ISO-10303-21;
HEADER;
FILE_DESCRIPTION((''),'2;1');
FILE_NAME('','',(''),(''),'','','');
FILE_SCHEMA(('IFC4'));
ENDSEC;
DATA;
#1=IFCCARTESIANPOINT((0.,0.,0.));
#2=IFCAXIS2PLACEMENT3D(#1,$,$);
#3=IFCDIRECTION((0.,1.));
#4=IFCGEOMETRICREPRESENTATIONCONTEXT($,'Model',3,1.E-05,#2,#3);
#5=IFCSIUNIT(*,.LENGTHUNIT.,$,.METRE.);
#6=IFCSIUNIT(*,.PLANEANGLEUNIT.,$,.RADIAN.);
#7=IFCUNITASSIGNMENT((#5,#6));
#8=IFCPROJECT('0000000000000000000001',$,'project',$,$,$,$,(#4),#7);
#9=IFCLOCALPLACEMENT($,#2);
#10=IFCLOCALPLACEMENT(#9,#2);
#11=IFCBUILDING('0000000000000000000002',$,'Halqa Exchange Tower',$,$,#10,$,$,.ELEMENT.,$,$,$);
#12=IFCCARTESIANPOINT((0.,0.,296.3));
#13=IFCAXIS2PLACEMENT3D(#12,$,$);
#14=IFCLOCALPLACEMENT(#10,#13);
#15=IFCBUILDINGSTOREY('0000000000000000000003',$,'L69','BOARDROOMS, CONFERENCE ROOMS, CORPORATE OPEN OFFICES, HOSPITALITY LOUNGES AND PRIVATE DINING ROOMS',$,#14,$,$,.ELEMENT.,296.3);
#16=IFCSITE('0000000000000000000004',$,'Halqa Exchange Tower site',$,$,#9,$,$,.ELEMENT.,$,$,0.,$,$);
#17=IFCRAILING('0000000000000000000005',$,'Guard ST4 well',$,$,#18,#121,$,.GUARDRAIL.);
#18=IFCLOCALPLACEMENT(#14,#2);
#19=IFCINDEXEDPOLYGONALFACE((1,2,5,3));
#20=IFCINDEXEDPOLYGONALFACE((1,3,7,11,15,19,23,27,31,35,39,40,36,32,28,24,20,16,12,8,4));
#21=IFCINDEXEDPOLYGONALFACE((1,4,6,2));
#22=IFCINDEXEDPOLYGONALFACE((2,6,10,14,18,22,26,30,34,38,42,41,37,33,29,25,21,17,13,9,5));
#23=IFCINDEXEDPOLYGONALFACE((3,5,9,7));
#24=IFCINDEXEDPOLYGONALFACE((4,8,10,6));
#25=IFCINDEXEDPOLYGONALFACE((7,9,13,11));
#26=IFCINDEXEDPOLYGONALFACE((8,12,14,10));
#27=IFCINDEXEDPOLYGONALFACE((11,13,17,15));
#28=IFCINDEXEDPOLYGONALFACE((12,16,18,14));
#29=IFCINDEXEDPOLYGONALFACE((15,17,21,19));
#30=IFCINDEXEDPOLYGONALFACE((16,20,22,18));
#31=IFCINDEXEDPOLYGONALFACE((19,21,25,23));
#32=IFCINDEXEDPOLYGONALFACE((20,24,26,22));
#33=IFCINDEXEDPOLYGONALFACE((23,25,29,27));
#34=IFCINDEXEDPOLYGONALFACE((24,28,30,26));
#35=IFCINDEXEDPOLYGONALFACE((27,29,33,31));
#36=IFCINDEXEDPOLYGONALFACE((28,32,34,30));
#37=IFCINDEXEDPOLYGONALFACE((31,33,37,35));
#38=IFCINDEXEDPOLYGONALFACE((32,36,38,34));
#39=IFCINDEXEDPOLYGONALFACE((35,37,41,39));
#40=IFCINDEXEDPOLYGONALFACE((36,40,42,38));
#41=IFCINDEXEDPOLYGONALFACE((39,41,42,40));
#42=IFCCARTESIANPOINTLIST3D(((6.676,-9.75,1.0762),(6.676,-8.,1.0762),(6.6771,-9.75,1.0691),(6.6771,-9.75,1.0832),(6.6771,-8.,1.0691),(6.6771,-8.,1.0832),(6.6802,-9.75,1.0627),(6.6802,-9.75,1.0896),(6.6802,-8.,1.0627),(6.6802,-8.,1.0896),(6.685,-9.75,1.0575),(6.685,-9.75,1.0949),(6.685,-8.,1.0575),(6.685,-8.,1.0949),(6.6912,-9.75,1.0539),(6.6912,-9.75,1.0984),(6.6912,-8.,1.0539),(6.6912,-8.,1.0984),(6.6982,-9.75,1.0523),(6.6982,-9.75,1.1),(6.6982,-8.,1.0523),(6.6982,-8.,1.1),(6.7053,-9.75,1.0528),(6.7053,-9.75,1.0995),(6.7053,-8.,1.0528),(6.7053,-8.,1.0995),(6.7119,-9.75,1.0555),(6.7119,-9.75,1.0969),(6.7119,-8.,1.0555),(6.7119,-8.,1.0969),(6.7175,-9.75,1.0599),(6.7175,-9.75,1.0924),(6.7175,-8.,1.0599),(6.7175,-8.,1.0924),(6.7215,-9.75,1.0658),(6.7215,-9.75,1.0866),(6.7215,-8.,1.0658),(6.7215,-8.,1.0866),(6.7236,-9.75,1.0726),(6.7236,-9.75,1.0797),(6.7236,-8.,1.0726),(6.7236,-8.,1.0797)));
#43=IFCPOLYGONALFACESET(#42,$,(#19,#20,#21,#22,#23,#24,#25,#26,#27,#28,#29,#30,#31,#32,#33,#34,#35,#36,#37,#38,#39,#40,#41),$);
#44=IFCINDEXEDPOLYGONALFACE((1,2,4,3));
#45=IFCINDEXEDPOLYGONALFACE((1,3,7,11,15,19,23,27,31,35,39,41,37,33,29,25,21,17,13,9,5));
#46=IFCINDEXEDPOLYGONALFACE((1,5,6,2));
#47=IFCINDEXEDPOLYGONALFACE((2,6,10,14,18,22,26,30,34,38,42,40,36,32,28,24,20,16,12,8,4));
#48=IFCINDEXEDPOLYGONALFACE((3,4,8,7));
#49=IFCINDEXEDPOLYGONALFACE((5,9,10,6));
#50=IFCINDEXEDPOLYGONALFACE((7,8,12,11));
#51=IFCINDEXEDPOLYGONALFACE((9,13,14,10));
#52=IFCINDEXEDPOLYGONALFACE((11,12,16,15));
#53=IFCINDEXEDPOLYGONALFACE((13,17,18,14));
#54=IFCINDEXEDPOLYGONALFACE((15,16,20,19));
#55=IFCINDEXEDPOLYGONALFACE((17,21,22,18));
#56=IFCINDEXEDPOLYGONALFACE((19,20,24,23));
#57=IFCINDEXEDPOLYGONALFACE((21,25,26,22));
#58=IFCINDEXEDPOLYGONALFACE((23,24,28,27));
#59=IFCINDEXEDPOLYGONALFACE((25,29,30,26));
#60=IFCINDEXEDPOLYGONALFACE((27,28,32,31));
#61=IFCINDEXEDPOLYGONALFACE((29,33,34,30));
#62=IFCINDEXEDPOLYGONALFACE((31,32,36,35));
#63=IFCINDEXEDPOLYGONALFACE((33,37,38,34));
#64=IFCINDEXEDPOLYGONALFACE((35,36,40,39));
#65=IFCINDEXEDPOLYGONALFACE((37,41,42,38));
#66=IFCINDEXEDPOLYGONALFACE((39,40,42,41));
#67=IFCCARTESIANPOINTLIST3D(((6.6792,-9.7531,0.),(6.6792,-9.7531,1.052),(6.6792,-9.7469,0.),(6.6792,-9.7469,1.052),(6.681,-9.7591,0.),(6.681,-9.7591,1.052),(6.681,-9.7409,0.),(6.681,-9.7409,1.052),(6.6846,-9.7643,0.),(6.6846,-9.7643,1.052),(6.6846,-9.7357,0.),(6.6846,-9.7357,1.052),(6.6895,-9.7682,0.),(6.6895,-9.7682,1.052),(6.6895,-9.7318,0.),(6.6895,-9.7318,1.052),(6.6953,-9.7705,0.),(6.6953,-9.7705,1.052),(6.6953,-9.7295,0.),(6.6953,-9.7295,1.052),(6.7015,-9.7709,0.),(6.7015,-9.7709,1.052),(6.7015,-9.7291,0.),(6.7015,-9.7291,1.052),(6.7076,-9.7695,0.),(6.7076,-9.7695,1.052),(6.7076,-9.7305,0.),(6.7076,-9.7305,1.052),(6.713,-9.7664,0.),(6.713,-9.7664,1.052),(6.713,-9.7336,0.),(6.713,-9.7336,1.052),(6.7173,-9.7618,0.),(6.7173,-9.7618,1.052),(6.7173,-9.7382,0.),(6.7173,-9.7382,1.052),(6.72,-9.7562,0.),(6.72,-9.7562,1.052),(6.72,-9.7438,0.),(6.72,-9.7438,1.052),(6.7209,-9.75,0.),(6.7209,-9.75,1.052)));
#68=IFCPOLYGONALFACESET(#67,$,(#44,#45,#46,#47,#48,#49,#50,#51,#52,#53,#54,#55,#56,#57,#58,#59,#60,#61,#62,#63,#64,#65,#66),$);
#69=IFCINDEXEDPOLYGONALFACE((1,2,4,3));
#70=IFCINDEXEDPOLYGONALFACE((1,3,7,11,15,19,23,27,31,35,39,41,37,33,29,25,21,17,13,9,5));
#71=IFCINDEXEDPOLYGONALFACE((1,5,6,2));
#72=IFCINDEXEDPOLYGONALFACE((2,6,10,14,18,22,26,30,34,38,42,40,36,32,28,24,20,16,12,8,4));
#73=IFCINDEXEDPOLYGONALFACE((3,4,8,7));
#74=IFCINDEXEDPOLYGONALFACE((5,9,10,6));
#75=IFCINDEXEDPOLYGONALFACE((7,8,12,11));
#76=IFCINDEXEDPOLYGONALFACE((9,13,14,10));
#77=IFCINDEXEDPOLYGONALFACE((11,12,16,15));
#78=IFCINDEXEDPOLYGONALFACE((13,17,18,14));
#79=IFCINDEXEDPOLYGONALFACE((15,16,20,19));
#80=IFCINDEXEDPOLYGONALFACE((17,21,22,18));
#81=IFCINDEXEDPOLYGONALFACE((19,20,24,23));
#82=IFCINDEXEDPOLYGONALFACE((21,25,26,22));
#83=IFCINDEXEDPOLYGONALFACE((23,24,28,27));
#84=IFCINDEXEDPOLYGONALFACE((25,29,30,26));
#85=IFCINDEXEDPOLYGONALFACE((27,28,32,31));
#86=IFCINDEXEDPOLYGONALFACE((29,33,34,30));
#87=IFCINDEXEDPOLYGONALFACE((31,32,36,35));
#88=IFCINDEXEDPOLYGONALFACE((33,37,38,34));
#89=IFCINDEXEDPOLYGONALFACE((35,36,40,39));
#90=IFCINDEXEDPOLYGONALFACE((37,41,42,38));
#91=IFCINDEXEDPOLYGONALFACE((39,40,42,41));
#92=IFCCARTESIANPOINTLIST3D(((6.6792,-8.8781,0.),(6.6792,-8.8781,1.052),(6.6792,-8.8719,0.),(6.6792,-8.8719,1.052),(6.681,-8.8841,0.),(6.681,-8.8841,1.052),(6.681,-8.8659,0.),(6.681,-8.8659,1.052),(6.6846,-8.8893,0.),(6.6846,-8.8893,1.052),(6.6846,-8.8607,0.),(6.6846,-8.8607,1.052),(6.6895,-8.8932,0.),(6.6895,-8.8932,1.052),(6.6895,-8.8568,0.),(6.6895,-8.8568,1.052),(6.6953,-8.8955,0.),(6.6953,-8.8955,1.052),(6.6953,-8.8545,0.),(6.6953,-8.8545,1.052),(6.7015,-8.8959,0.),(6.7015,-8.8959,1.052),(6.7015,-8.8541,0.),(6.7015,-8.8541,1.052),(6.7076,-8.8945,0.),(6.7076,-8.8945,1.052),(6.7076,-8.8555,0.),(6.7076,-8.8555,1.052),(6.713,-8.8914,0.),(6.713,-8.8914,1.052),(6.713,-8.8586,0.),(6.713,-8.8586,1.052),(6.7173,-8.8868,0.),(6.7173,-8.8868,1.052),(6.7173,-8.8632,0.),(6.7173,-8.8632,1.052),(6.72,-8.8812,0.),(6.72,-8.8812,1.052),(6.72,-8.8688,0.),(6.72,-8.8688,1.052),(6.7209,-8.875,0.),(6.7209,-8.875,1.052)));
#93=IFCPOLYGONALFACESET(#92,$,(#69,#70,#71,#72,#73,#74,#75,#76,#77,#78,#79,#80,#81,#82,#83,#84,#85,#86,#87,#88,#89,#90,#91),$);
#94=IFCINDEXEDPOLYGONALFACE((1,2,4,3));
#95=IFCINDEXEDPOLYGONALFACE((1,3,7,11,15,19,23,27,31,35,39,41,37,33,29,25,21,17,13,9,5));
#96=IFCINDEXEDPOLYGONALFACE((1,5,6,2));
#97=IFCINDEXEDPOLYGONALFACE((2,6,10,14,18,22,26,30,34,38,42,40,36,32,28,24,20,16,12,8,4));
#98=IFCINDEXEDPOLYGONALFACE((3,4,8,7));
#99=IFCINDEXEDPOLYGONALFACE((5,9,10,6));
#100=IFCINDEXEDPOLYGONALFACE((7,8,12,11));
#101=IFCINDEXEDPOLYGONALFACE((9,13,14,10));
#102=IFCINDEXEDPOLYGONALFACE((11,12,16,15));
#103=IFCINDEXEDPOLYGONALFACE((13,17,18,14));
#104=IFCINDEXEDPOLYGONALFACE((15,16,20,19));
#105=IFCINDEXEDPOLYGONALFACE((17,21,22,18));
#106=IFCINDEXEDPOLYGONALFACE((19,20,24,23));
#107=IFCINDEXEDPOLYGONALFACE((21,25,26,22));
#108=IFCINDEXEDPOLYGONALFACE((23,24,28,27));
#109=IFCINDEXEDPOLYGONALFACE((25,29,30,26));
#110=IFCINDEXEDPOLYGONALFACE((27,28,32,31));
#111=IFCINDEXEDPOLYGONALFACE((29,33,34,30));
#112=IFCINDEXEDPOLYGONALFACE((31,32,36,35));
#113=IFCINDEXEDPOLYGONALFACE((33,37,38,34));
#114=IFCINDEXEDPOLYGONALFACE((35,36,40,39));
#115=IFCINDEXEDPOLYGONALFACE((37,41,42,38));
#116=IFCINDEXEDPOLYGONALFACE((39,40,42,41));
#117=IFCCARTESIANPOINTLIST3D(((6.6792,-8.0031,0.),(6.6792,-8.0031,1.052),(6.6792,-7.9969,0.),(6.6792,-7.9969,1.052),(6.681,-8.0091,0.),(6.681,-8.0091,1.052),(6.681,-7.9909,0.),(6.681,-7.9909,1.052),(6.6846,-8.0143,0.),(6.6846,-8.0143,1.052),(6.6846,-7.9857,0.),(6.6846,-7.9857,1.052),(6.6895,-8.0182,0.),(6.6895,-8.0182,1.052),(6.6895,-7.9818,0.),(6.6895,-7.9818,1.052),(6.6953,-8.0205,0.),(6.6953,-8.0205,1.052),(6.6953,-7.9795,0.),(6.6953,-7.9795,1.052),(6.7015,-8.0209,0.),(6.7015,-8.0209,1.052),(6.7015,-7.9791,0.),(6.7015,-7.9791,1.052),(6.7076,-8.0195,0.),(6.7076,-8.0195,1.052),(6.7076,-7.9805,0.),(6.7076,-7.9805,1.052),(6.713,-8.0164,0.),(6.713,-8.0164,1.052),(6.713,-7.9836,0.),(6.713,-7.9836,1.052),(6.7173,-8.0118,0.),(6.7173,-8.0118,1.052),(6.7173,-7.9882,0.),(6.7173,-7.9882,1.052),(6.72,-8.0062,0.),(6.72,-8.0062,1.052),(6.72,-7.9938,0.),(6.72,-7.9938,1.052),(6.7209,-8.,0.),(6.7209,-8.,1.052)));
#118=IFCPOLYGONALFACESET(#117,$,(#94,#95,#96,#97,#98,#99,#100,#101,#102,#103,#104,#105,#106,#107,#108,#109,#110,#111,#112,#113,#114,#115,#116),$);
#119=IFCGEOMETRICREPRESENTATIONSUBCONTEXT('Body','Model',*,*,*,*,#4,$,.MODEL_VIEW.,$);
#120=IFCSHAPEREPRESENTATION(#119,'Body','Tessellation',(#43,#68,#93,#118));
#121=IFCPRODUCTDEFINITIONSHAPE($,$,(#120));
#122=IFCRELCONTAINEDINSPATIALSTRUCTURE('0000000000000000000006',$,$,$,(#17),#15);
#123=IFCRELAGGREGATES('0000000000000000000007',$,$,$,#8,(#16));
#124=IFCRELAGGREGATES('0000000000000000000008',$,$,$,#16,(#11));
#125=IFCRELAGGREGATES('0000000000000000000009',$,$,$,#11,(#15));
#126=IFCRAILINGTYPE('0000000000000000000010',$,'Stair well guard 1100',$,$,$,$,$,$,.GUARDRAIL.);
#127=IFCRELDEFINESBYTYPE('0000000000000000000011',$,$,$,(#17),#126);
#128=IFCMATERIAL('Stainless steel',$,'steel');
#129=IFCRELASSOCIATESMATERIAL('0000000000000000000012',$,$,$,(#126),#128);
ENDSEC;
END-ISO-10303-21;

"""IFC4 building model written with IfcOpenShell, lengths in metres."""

from ifc_helpers import new_model, si_unit, direction, frame, origin, origin_2d, place, context, subcontext, project, spatial, circle, extrude, material, type_object, element, save


model = new_model("IFC4")

# Units and contexts
model_context = context("Model", 3, precision=1e-05, world=origin(), true_north=direction((0.0, 1.0)))
body_context = subcontext(model_context, "Body", "Model", "MODEL_VIEW")
ifc_project = project(units=[si_unit("LENGTHUNIT", "METRE"), si_unit("PLANEANGLEUNIT", "RADIAN")], contexts=[model_context])

# Site, building, storey
site_placement = place(None, origin())
site = spatial("IfcSite", under=ifc_project, at=site_placement, Name="Halqa Exchange Tower site", CompositionType="ELEMENT", RefElevation=0.0)
building_placement = place(site_placement, origin())
building = spatial("IfcBuilding", under=site, at=building_placement, Name="Halqa Exchange Tower", CompositionType="ELEMENT")
storey_placement = place(building_placement, frame((0.0, 0.0, 296.3)))
storey = spatial("IfcBuildingStorey", under=building, at=storey_placement, Name="L69", Description="BOARDROOMS, CONFERENCE ROOMS, CORPORATE OPEN OFFICES, HOSPITALITY LOUNGES AND PRIVATE DINING ROOMS", CompositionType="ELEMENT", Elevation=296.3)

# Railing
ifc_material_1 = material(Name="Stainless steel", Category="steel")
railing_type_1 = type_object("IfcRailingType", Name="Stair well guard 1100", PredefinedType="GUARDRAIL", material=ifc_material_1)
railing_1_placement = place(storey_placement, frame((6.7, -9.75, 0.0)))
element("IfcRailing", 1, at=railing_1_placement, inside=storey, type_object=railing_type_1, Name="Guard ST4 well", PredefinedType="GUARDRAIL", context=body_context, shape_type="SweptSolid", body=[
    extrude(circle(Radius=0.0239, at=origin_2d()), frame((0.0, 0.0, 1.0762), z_axis=(0.0, 1.0, 0.0), x_axis=(-1.0, 0.0, 0.0)), (0.0, 0.0, 1.0), 1.75),
    extrude(circle(Radius=0.021, at=origin_2d()), origin(), (0.0, 0.0, 1.0), 1.052),
    extrude(circle(Radius=0.021, at=origin_2d()), frame((0.0, 0.875, 0.0)), (0.0, 0.0, 1.0), 1.052),
    extrude(circle(Radius=0.021, at=origin_2d()), frame((0.0, 1.75, 0.0)), (0.0, 0.0, 1.0), 1.052),
])

save(model, "model.ifc")
